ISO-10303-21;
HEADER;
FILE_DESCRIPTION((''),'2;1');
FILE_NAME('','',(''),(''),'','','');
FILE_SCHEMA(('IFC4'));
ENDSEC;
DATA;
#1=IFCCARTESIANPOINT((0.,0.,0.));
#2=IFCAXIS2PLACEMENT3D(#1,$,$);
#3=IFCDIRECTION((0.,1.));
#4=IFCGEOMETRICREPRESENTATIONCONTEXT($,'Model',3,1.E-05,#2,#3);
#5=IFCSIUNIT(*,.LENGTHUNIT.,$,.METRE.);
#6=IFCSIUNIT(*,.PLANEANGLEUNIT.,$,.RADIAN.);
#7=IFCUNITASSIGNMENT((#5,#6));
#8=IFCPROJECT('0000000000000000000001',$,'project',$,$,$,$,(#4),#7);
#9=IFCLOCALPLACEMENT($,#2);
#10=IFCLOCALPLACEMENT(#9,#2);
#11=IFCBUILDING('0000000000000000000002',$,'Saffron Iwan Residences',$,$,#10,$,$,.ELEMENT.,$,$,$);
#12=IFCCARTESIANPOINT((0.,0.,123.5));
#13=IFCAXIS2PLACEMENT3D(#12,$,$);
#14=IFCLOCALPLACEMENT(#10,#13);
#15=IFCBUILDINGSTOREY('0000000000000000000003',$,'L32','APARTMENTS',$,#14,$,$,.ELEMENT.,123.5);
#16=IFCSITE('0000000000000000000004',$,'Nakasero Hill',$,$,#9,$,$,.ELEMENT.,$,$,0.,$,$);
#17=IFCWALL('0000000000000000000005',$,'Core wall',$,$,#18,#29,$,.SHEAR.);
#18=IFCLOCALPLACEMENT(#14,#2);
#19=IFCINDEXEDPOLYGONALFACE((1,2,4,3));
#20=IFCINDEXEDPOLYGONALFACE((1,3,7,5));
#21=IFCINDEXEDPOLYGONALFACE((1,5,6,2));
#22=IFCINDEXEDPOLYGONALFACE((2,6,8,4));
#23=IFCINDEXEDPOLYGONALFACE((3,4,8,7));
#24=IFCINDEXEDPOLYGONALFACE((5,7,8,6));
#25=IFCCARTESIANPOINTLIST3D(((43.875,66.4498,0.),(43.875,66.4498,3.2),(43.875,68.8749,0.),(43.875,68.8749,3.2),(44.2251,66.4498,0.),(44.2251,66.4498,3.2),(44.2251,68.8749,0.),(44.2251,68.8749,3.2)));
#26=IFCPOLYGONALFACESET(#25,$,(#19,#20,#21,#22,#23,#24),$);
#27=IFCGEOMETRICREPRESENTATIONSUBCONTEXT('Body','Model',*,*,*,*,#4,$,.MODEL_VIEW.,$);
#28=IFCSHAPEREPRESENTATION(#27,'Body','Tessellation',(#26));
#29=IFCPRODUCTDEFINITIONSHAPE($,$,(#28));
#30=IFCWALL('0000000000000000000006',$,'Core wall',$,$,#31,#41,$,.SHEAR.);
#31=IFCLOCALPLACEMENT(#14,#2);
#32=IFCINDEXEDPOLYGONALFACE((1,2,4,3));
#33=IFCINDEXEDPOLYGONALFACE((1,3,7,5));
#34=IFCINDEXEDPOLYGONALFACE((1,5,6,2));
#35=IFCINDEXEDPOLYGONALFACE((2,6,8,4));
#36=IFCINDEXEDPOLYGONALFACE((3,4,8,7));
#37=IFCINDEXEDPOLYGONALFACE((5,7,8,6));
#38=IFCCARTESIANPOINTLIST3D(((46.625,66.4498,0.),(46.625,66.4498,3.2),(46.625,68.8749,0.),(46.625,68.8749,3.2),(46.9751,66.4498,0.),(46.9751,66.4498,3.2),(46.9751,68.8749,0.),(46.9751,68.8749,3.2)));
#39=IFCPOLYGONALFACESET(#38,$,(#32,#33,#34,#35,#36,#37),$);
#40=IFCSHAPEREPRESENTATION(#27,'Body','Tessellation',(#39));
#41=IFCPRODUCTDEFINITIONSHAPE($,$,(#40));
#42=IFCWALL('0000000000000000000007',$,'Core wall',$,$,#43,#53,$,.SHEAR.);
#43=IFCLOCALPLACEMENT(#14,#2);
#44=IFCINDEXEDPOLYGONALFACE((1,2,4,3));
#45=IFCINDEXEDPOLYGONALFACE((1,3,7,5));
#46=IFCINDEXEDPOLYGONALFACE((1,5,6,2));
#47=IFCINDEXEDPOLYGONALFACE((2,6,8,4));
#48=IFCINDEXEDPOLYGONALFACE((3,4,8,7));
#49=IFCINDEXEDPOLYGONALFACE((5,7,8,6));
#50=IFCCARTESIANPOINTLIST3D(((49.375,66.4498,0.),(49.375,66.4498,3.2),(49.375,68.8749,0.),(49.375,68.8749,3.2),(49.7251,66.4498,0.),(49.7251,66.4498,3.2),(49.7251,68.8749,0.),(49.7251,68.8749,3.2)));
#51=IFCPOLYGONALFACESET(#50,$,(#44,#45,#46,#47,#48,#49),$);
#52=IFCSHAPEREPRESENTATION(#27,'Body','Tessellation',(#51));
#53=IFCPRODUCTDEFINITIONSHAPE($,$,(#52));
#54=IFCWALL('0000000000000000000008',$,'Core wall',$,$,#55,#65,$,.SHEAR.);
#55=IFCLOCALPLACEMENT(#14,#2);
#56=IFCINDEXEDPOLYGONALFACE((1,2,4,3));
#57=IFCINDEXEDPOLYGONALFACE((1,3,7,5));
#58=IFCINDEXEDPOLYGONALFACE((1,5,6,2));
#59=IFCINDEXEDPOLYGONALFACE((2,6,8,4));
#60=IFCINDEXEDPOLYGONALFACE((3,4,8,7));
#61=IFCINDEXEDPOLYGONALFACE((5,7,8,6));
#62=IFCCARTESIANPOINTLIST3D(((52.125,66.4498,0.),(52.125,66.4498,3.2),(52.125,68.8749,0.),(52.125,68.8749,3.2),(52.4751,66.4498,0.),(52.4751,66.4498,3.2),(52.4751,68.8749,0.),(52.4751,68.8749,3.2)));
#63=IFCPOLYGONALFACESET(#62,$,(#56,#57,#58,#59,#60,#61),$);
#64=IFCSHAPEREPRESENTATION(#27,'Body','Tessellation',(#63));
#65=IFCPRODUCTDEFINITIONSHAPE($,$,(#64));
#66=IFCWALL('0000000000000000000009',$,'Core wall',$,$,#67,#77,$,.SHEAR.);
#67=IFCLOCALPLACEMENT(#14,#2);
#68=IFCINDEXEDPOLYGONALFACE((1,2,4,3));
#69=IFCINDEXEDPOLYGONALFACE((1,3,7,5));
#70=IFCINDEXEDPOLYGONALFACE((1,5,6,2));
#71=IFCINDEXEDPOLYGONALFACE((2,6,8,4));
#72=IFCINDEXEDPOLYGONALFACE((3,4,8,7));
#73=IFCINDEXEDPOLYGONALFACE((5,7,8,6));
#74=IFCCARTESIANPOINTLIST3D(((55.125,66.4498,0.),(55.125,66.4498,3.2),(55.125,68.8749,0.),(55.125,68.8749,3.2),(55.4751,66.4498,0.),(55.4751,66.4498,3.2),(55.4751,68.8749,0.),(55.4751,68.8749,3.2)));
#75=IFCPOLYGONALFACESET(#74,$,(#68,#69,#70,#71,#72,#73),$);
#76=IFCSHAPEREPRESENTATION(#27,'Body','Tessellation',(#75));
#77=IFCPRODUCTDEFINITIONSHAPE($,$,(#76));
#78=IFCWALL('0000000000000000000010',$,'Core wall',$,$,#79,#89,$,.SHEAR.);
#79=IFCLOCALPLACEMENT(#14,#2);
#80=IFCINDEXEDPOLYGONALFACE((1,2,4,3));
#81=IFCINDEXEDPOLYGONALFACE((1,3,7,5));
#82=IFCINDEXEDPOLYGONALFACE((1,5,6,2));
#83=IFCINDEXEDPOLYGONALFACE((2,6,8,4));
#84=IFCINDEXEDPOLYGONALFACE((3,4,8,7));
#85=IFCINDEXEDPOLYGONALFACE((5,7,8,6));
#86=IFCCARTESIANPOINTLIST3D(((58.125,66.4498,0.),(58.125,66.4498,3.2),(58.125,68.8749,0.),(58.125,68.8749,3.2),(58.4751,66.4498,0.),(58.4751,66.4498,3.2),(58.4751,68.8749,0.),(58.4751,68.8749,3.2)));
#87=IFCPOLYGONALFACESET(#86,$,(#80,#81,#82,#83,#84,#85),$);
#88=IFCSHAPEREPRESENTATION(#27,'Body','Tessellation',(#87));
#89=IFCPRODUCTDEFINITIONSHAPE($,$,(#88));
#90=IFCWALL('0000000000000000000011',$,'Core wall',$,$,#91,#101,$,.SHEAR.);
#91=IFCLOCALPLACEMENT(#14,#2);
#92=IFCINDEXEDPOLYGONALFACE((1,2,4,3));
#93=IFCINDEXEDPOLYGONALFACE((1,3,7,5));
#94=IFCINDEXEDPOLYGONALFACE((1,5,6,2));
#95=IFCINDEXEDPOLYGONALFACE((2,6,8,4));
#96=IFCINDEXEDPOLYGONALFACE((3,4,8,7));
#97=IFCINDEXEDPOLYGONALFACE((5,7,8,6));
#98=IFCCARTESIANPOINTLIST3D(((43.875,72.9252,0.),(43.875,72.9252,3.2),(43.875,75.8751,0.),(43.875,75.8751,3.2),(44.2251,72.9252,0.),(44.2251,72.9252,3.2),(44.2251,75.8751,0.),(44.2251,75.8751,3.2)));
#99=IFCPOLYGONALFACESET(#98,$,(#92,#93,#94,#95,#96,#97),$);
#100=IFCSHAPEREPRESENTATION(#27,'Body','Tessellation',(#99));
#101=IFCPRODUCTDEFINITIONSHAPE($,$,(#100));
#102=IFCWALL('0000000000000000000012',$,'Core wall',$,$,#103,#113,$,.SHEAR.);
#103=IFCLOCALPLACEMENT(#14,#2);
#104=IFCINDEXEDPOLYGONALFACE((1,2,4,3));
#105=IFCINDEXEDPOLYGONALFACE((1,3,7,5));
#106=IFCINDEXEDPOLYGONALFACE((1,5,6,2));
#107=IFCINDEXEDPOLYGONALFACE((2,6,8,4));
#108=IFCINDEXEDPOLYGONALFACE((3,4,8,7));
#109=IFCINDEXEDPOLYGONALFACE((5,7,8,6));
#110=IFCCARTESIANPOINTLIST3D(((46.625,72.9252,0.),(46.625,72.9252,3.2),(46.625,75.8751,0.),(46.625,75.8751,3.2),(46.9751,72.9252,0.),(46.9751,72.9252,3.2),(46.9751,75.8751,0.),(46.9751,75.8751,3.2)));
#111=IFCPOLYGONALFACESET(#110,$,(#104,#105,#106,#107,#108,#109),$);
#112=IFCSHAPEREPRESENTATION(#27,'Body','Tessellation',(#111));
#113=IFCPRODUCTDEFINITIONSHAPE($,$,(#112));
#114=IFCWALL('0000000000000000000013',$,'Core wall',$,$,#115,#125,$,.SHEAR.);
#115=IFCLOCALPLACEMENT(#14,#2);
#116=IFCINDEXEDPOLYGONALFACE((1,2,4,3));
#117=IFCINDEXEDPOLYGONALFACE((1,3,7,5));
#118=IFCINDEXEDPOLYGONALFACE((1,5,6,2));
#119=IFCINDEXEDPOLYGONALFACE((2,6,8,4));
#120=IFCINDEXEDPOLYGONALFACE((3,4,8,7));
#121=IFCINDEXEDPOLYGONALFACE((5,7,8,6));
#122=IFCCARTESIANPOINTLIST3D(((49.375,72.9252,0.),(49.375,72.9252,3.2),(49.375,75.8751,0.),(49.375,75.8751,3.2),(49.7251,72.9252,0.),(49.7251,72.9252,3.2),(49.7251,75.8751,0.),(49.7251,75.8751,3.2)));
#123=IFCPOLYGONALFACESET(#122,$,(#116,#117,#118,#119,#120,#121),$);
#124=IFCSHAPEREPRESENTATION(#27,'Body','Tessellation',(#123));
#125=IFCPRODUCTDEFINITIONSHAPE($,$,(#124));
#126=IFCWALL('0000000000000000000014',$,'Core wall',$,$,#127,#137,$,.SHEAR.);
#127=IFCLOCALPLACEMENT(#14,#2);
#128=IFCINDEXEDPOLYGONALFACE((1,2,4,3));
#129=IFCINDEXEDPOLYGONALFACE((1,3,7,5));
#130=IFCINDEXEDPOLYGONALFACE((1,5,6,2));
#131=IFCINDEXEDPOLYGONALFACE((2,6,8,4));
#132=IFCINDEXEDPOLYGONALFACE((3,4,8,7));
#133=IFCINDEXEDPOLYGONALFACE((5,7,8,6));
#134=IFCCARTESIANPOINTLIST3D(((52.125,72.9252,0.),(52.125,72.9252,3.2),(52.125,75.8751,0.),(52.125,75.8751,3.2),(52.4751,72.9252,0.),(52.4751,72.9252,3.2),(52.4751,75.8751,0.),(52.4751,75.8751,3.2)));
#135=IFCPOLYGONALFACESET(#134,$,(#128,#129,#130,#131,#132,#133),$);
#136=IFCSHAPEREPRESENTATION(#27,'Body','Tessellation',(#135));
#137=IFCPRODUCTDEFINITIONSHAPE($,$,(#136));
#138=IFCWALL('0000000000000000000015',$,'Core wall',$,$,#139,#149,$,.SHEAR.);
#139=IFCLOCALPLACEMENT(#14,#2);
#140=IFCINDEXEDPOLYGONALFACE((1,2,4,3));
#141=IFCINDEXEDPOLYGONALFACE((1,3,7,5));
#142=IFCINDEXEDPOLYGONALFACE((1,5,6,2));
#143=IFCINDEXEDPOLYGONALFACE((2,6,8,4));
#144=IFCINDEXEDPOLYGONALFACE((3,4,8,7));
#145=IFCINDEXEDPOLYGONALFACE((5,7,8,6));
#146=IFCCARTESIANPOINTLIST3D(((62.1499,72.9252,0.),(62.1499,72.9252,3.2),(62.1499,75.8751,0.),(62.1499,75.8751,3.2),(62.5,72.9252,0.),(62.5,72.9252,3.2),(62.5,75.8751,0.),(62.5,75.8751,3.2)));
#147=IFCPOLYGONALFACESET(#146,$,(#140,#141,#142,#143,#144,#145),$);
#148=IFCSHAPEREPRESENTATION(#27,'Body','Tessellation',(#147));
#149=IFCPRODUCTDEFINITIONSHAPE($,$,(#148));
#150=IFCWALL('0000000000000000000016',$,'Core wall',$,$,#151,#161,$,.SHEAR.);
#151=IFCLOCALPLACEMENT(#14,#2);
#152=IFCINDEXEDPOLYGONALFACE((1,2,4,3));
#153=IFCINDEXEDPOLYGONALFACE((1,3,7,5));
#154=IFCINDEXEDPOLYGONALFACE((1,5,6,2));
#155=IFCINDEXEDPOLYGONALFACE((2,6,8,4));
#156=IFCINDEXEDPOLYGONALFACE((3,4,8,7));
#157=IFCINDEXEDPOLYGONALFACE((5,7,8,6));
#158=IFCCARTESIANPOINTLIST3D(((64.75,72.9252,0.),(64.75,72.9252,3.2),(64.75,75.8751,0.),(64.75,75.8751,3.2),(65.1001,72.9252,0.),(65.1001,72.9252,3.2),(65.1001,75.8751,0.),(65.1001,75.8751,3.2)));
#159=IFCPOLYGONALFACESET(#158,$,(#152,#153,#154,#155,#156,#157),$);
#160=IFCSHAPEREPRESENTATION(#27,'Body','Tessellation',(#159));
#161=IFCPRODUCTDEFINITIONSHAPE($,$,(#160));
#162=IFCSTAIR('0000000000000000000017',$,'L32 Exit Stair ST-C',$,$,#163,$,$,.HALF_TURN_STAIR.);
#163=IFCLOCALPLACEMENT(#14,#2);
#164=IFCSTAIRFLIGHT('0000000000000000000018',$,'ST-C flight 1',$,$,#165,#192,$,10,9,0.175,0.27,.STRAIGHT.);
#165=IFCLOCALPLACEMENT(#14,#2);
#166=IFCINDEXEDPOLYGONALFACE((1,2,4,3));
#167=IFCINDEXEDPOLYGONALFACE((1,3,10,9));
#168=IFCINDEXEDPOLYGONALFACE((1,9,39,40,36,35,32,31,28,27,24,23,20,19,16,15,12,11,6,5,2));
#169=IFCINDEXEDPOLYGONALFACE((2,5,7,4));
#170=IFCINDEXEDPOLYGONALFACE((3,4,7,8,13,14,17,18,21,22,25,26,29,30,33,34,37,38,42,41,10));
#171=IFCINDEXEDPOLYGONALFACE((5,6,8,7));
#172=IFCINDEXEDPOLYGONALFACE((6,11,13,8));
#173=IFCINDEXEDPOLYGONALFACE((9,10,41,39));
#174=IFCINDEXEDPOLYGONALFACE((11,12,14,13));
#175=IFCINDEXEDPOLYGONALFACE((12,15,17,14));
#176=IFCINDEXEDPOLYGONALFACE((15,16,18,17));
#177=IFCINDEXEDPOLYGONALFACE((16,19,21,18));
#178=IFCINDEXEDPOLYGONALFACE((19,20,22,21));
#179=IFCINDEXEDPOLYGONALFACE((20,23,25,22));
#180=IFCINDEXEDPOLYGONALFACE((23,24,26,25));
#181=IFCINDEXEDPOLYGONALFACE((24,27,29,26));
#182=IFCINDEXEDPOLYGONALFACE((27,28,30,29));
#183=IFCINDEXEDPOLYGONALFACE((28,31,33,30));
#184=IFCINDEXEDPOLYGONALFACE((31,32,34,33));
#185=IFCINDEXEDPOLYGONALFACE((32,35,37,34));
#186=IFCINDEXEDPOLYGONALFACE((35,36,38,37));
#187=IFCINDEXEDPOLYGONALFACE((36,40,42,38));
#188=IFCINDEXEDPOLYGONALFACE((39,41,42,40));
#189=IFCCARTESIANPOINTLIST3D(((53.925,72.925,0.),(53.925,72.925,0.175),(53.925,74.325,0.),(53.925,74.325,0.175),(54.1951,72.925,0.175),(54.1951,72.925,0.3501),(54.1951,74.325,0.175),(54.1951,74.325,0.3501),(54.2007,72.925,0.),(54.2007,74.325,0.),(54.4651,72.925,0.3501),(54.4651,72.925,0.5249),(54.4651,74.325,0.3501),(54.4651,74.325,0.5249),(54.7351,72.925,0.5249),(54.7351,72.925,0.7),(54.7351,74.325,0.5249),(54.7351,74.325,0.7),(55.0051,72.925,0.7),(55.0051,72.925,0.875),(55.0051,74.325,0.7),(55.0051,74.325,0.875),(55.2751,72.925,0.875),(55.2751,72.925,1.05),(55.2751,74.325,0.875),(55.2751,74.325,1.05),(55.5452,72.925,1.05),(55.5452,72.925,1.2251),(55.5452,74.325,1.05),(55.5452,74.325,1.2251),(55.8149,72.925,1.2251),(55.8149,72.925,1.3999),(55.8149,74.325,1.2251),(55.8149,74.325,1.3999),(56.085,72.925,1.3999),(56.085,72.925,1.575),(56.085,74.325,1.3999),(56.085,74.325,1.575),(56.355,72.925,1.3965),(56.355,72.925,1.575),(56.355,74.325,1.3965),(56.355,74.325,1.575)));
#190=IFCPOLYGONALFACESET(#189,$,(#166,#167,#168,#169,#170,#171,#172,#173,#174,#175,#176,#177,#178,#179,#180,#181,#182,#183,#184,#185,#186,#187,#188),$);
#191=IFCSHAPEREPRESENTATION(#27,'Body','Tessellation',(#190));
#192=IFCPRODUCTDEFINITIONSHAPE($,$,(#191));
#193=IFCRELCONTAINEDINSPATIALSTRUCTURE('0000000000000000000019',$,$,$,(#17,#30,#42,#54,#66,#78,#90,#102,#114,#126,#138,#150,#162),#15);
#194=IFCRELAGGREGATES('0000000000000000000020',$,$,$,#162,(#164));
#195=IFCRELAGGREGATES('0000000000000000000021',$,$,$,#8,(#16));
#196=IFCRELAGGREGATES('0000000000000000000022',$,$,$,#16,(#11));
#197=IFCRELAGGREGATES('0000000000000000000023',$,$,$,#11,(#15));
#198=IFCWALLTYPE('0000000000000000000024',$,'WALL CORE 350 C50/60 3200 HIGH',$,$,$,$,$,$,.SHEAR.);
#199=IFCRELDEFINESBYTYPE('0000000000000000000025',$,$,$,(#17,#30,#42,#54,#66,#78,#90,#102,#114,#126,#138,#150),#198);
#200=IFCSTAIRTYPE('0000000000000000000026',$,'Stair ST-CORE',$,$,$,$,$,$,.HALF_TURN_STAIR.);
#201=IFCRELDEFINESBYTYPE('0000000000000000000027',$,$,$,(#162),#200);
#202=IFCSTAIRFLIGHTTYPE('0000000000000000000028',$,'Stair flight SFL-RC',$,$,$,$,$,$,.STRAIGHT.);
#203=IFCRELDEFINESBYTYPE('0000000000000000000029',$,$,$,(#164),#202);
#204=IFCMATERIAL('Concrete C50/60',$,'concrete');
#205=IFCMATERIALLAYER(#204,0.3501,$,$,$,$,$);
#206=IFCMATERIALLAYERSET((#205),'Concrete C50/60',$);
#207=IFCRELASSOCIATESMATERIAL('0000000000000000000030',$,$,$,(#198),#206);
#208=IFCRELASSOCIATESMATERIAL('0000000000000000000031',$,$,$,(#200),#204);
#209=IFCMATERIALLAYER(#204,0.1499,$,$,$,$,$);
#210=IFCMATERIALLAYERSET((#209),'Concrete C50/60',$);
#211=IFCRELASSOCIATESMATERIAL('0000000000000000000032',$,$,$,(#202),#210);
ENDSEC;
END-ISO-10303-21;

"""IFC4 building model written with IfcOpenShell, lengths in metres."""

from ifc_helpers import new_model, si_unit, direction, frame, frame_2d, origin, place, context, subcontext, project, spatial, polyline, rectangle, outline, extrude, material, layer, layer_set, type_object, element, aggregate, save


model = new_model("IFC4")

# Units and contexts
model_context = context("Model", 3, precision=1e-05, world=origin(), true_north=direction((0.0, 1.0)))
body_context = subcontext(model_context, "Body", "Model", "MODEL_VIEW")
ifc_project = project(units=[si_unit("LENGTHUNIT", "METRE"), si_unit("PLANEANGLEUNIT", "RADIAN")], contexts=[model_context])

# Site, building, storey
site_placement = place(None, origin())
site = spatial("IfcSite", under=ifc_project, at=site_placement, Name="Nakasero Hill", CompositionType="ELEMENT", RefElevation=0.0)
building_placement = place(site_placement, origin())
building = spatial("IfcBuilding", under=site, at=building_placement, Name="Saffron Iwan Residences", CompositionType="ELEMENT")
storey_placement = place(building_placement, frame((0.0, 0.0, 123.5)))
storey = spatial("IfcBuildingStorey", under=building, at=storey_placement, Name="L32", Description="APARTMENTS", CompositionType="ELEMENT", Elevation=123.5)

# Shared definitions
ifc_material_1 = material(Name="Concrete C50/60", Category="concrete")

# Shared definitions
ifc_layer_1 = layer(ifc_material_1, 0.3501)
ifc_layer_set_1 = layer_set([ifc_layer_1], Name="Concrete C50/60")
wall_type_1 = type_object("IfcWallType", Name="WALL CORE 350 C50/60 3200 HIGH", PredefinedType="SHEAR", material=ifc_layer_set_1)

# Walls
for number, where, z_axis, x_axis, name in (
    (1, (44.05, 66.45, 0.0), (0.0, 0.0, 1.0), (0.0, 1.0, 0.0), "Core wall"),
    (2, (46.8, 66.45, 0.0), (0.0, 0.0, 1.0), (0.0, 1.0, 0.0), "Core wall"),
    (3, (49.55, 66.45, 0.0), (0.0, 0.0, 1.0), (0.0, 1.0, 0.0), "Core wall"),
    (4, (52.3, 66.45, 0.0), (0.0, 0.0, 1.0), (0.0, 1.0, 0.0), "Core wall"),
    (5, (55.3, 66.45, 0.0), (0.0, 0.0, 1.0), (0.0, 1.0, 0.0), "Core wall"),
    (6, (58.3, 66.45, 0.0), (0.0, 0.0, 1.0), (0.0, 1.0, 0.0), "Core wall"),
):
    element("IfcWall", number, at=place(storey_placement, frame(where, z_axis=z_axis, x_axis=x_axis)), inside=storey, type_object=wall_type_1, Name=name, PredefinedType="SHEAR", context=body_context, shape_type="SweptSolid", body=[
        extrude(rectangle(XDim=2.425, YDim=0.3501, at=frame_2d((1.2124, 0.0))), origin(), (0.0, 0.0, 1.0), 3.2),
    ])
for number, where, z_axis, x_axis, name in (
    (7, (44.05, 72.925, 0.0), (0.0, 0.0, 1.0), (0.0, 1.0, 0.0), "Core wall"),
    (8, (46.8, 72.925, 0.0), (0.0, 0.0, 1.0), (0.0, 1.0, 0.0), "Core wall"),
    (9, (49.55, 72.925, 0.0), (0.0, 0.0, 1.0), (0.0, 1.0, 0.0), "Core wall"),
    (10, (52.3, 72.925, 0.0), (0.0, 0.0, 1.0), (0.0, 1.0, 0.0), "Core wall"),
    (11, (62.325, 72.925, 0.0), (0.0, 0.0, 1.0), (0.0, 1.0, 0.0), "Core wall"),
    (12, (64.925, 72.925, 0.0), (0.0, 0.0, 1.0), (0.0, 1.0, 0.0), "Core wall"),
):
    element("IfcWall", number, at=place(storey_placement, frame(where, z_axis=z_axis, x_axis=x_axis)), inside=storey, type_object=wall_type_1, Name=name, PredefinedType="SHEAR", context=body_context, shape_type="SweptSolid", body=[
        extrude(rectangle(XDim=2.95, YDim=0.3501, at=frame_2d((1.4751, 0.0))), origin(), (0.0, 0.0, 1.0), 3.2),
    ])

# Stair, stair flight
stair_type = type_object("IfcStairType", Name="Stair ST-CORE", PredefinedType="HALF_TURN_STAIR", material=ifc_material_1)
stair_placement = place(storey_placement, origin())
stair = element("IfcStair", 13, at=stair_placement, inside=storey, type_object=stair_type, Name="L32 Exit Stair ST-C", PredefinedType="HALF_TURN_STAIR")
ifc_layer_2 = layer(ifc_material_1, 0.1499)
ifc_layer_set_2 = layer_set([ifc_layer_2], Name="Concrete C50/60")
stair_flight_type = type_object("IfcStairFlightType", Name="Stair flight SFL-RC", PredefinedType="STRAIGHT", material=ifc_layer_set_2)
stair_flight_placement = place(storey_placement, frame((53.925, 73.625, 0.0), z_axis=(0.0, 0.0, 1.0), x_axis=(1.0, 0.0, 0.0)))
stair_flight = element("IfcStairFlight", 14, at=stair_flight_placement, type_object=stair_flight_type, Name="ST-C flight 1", NumberOfRisers=10, NumberOfTreads=9, PredefinedType="STRAIGHT", RiserHeight=0.175, TreadLength=0.27, context=body_context, shape_type="SweptSolid", body=[
    extrude(outline(polyline([(0.0, 0.0), (0.0, 0.175), (0.27, 0.175), (0.27, 0.3501), (0.54, 0.3501), (0.54, 0.5249), (0.8101, 0.5249), (0.8101, 0.7), (1.0801, 0.7), (1.0801, 0.875), (1.3501, 0.875), (1.3501, 1.05), (1.6201, 1.05), (1.6201, 1.2251), (1.8899, 1.2251), (1.8899, 1.3999), (2.1599, 1.3999), (2.1599, 1.575), (2.4299, 1.575), (2.4299, 1.75), (2.4299, 1.3965), (0.2756, 0.0), (0.0, 0.0)])), frame((0.0, 0.7, 0.0), z_axis=(0.0, -1.0, 0.0), x_axis=(1.0, 0.0, 0.0)), (0.0, 0.0, 1.0), 1.3999),
])
aggregate(stair, [stair_flight])

save(model, "model.ifc")
